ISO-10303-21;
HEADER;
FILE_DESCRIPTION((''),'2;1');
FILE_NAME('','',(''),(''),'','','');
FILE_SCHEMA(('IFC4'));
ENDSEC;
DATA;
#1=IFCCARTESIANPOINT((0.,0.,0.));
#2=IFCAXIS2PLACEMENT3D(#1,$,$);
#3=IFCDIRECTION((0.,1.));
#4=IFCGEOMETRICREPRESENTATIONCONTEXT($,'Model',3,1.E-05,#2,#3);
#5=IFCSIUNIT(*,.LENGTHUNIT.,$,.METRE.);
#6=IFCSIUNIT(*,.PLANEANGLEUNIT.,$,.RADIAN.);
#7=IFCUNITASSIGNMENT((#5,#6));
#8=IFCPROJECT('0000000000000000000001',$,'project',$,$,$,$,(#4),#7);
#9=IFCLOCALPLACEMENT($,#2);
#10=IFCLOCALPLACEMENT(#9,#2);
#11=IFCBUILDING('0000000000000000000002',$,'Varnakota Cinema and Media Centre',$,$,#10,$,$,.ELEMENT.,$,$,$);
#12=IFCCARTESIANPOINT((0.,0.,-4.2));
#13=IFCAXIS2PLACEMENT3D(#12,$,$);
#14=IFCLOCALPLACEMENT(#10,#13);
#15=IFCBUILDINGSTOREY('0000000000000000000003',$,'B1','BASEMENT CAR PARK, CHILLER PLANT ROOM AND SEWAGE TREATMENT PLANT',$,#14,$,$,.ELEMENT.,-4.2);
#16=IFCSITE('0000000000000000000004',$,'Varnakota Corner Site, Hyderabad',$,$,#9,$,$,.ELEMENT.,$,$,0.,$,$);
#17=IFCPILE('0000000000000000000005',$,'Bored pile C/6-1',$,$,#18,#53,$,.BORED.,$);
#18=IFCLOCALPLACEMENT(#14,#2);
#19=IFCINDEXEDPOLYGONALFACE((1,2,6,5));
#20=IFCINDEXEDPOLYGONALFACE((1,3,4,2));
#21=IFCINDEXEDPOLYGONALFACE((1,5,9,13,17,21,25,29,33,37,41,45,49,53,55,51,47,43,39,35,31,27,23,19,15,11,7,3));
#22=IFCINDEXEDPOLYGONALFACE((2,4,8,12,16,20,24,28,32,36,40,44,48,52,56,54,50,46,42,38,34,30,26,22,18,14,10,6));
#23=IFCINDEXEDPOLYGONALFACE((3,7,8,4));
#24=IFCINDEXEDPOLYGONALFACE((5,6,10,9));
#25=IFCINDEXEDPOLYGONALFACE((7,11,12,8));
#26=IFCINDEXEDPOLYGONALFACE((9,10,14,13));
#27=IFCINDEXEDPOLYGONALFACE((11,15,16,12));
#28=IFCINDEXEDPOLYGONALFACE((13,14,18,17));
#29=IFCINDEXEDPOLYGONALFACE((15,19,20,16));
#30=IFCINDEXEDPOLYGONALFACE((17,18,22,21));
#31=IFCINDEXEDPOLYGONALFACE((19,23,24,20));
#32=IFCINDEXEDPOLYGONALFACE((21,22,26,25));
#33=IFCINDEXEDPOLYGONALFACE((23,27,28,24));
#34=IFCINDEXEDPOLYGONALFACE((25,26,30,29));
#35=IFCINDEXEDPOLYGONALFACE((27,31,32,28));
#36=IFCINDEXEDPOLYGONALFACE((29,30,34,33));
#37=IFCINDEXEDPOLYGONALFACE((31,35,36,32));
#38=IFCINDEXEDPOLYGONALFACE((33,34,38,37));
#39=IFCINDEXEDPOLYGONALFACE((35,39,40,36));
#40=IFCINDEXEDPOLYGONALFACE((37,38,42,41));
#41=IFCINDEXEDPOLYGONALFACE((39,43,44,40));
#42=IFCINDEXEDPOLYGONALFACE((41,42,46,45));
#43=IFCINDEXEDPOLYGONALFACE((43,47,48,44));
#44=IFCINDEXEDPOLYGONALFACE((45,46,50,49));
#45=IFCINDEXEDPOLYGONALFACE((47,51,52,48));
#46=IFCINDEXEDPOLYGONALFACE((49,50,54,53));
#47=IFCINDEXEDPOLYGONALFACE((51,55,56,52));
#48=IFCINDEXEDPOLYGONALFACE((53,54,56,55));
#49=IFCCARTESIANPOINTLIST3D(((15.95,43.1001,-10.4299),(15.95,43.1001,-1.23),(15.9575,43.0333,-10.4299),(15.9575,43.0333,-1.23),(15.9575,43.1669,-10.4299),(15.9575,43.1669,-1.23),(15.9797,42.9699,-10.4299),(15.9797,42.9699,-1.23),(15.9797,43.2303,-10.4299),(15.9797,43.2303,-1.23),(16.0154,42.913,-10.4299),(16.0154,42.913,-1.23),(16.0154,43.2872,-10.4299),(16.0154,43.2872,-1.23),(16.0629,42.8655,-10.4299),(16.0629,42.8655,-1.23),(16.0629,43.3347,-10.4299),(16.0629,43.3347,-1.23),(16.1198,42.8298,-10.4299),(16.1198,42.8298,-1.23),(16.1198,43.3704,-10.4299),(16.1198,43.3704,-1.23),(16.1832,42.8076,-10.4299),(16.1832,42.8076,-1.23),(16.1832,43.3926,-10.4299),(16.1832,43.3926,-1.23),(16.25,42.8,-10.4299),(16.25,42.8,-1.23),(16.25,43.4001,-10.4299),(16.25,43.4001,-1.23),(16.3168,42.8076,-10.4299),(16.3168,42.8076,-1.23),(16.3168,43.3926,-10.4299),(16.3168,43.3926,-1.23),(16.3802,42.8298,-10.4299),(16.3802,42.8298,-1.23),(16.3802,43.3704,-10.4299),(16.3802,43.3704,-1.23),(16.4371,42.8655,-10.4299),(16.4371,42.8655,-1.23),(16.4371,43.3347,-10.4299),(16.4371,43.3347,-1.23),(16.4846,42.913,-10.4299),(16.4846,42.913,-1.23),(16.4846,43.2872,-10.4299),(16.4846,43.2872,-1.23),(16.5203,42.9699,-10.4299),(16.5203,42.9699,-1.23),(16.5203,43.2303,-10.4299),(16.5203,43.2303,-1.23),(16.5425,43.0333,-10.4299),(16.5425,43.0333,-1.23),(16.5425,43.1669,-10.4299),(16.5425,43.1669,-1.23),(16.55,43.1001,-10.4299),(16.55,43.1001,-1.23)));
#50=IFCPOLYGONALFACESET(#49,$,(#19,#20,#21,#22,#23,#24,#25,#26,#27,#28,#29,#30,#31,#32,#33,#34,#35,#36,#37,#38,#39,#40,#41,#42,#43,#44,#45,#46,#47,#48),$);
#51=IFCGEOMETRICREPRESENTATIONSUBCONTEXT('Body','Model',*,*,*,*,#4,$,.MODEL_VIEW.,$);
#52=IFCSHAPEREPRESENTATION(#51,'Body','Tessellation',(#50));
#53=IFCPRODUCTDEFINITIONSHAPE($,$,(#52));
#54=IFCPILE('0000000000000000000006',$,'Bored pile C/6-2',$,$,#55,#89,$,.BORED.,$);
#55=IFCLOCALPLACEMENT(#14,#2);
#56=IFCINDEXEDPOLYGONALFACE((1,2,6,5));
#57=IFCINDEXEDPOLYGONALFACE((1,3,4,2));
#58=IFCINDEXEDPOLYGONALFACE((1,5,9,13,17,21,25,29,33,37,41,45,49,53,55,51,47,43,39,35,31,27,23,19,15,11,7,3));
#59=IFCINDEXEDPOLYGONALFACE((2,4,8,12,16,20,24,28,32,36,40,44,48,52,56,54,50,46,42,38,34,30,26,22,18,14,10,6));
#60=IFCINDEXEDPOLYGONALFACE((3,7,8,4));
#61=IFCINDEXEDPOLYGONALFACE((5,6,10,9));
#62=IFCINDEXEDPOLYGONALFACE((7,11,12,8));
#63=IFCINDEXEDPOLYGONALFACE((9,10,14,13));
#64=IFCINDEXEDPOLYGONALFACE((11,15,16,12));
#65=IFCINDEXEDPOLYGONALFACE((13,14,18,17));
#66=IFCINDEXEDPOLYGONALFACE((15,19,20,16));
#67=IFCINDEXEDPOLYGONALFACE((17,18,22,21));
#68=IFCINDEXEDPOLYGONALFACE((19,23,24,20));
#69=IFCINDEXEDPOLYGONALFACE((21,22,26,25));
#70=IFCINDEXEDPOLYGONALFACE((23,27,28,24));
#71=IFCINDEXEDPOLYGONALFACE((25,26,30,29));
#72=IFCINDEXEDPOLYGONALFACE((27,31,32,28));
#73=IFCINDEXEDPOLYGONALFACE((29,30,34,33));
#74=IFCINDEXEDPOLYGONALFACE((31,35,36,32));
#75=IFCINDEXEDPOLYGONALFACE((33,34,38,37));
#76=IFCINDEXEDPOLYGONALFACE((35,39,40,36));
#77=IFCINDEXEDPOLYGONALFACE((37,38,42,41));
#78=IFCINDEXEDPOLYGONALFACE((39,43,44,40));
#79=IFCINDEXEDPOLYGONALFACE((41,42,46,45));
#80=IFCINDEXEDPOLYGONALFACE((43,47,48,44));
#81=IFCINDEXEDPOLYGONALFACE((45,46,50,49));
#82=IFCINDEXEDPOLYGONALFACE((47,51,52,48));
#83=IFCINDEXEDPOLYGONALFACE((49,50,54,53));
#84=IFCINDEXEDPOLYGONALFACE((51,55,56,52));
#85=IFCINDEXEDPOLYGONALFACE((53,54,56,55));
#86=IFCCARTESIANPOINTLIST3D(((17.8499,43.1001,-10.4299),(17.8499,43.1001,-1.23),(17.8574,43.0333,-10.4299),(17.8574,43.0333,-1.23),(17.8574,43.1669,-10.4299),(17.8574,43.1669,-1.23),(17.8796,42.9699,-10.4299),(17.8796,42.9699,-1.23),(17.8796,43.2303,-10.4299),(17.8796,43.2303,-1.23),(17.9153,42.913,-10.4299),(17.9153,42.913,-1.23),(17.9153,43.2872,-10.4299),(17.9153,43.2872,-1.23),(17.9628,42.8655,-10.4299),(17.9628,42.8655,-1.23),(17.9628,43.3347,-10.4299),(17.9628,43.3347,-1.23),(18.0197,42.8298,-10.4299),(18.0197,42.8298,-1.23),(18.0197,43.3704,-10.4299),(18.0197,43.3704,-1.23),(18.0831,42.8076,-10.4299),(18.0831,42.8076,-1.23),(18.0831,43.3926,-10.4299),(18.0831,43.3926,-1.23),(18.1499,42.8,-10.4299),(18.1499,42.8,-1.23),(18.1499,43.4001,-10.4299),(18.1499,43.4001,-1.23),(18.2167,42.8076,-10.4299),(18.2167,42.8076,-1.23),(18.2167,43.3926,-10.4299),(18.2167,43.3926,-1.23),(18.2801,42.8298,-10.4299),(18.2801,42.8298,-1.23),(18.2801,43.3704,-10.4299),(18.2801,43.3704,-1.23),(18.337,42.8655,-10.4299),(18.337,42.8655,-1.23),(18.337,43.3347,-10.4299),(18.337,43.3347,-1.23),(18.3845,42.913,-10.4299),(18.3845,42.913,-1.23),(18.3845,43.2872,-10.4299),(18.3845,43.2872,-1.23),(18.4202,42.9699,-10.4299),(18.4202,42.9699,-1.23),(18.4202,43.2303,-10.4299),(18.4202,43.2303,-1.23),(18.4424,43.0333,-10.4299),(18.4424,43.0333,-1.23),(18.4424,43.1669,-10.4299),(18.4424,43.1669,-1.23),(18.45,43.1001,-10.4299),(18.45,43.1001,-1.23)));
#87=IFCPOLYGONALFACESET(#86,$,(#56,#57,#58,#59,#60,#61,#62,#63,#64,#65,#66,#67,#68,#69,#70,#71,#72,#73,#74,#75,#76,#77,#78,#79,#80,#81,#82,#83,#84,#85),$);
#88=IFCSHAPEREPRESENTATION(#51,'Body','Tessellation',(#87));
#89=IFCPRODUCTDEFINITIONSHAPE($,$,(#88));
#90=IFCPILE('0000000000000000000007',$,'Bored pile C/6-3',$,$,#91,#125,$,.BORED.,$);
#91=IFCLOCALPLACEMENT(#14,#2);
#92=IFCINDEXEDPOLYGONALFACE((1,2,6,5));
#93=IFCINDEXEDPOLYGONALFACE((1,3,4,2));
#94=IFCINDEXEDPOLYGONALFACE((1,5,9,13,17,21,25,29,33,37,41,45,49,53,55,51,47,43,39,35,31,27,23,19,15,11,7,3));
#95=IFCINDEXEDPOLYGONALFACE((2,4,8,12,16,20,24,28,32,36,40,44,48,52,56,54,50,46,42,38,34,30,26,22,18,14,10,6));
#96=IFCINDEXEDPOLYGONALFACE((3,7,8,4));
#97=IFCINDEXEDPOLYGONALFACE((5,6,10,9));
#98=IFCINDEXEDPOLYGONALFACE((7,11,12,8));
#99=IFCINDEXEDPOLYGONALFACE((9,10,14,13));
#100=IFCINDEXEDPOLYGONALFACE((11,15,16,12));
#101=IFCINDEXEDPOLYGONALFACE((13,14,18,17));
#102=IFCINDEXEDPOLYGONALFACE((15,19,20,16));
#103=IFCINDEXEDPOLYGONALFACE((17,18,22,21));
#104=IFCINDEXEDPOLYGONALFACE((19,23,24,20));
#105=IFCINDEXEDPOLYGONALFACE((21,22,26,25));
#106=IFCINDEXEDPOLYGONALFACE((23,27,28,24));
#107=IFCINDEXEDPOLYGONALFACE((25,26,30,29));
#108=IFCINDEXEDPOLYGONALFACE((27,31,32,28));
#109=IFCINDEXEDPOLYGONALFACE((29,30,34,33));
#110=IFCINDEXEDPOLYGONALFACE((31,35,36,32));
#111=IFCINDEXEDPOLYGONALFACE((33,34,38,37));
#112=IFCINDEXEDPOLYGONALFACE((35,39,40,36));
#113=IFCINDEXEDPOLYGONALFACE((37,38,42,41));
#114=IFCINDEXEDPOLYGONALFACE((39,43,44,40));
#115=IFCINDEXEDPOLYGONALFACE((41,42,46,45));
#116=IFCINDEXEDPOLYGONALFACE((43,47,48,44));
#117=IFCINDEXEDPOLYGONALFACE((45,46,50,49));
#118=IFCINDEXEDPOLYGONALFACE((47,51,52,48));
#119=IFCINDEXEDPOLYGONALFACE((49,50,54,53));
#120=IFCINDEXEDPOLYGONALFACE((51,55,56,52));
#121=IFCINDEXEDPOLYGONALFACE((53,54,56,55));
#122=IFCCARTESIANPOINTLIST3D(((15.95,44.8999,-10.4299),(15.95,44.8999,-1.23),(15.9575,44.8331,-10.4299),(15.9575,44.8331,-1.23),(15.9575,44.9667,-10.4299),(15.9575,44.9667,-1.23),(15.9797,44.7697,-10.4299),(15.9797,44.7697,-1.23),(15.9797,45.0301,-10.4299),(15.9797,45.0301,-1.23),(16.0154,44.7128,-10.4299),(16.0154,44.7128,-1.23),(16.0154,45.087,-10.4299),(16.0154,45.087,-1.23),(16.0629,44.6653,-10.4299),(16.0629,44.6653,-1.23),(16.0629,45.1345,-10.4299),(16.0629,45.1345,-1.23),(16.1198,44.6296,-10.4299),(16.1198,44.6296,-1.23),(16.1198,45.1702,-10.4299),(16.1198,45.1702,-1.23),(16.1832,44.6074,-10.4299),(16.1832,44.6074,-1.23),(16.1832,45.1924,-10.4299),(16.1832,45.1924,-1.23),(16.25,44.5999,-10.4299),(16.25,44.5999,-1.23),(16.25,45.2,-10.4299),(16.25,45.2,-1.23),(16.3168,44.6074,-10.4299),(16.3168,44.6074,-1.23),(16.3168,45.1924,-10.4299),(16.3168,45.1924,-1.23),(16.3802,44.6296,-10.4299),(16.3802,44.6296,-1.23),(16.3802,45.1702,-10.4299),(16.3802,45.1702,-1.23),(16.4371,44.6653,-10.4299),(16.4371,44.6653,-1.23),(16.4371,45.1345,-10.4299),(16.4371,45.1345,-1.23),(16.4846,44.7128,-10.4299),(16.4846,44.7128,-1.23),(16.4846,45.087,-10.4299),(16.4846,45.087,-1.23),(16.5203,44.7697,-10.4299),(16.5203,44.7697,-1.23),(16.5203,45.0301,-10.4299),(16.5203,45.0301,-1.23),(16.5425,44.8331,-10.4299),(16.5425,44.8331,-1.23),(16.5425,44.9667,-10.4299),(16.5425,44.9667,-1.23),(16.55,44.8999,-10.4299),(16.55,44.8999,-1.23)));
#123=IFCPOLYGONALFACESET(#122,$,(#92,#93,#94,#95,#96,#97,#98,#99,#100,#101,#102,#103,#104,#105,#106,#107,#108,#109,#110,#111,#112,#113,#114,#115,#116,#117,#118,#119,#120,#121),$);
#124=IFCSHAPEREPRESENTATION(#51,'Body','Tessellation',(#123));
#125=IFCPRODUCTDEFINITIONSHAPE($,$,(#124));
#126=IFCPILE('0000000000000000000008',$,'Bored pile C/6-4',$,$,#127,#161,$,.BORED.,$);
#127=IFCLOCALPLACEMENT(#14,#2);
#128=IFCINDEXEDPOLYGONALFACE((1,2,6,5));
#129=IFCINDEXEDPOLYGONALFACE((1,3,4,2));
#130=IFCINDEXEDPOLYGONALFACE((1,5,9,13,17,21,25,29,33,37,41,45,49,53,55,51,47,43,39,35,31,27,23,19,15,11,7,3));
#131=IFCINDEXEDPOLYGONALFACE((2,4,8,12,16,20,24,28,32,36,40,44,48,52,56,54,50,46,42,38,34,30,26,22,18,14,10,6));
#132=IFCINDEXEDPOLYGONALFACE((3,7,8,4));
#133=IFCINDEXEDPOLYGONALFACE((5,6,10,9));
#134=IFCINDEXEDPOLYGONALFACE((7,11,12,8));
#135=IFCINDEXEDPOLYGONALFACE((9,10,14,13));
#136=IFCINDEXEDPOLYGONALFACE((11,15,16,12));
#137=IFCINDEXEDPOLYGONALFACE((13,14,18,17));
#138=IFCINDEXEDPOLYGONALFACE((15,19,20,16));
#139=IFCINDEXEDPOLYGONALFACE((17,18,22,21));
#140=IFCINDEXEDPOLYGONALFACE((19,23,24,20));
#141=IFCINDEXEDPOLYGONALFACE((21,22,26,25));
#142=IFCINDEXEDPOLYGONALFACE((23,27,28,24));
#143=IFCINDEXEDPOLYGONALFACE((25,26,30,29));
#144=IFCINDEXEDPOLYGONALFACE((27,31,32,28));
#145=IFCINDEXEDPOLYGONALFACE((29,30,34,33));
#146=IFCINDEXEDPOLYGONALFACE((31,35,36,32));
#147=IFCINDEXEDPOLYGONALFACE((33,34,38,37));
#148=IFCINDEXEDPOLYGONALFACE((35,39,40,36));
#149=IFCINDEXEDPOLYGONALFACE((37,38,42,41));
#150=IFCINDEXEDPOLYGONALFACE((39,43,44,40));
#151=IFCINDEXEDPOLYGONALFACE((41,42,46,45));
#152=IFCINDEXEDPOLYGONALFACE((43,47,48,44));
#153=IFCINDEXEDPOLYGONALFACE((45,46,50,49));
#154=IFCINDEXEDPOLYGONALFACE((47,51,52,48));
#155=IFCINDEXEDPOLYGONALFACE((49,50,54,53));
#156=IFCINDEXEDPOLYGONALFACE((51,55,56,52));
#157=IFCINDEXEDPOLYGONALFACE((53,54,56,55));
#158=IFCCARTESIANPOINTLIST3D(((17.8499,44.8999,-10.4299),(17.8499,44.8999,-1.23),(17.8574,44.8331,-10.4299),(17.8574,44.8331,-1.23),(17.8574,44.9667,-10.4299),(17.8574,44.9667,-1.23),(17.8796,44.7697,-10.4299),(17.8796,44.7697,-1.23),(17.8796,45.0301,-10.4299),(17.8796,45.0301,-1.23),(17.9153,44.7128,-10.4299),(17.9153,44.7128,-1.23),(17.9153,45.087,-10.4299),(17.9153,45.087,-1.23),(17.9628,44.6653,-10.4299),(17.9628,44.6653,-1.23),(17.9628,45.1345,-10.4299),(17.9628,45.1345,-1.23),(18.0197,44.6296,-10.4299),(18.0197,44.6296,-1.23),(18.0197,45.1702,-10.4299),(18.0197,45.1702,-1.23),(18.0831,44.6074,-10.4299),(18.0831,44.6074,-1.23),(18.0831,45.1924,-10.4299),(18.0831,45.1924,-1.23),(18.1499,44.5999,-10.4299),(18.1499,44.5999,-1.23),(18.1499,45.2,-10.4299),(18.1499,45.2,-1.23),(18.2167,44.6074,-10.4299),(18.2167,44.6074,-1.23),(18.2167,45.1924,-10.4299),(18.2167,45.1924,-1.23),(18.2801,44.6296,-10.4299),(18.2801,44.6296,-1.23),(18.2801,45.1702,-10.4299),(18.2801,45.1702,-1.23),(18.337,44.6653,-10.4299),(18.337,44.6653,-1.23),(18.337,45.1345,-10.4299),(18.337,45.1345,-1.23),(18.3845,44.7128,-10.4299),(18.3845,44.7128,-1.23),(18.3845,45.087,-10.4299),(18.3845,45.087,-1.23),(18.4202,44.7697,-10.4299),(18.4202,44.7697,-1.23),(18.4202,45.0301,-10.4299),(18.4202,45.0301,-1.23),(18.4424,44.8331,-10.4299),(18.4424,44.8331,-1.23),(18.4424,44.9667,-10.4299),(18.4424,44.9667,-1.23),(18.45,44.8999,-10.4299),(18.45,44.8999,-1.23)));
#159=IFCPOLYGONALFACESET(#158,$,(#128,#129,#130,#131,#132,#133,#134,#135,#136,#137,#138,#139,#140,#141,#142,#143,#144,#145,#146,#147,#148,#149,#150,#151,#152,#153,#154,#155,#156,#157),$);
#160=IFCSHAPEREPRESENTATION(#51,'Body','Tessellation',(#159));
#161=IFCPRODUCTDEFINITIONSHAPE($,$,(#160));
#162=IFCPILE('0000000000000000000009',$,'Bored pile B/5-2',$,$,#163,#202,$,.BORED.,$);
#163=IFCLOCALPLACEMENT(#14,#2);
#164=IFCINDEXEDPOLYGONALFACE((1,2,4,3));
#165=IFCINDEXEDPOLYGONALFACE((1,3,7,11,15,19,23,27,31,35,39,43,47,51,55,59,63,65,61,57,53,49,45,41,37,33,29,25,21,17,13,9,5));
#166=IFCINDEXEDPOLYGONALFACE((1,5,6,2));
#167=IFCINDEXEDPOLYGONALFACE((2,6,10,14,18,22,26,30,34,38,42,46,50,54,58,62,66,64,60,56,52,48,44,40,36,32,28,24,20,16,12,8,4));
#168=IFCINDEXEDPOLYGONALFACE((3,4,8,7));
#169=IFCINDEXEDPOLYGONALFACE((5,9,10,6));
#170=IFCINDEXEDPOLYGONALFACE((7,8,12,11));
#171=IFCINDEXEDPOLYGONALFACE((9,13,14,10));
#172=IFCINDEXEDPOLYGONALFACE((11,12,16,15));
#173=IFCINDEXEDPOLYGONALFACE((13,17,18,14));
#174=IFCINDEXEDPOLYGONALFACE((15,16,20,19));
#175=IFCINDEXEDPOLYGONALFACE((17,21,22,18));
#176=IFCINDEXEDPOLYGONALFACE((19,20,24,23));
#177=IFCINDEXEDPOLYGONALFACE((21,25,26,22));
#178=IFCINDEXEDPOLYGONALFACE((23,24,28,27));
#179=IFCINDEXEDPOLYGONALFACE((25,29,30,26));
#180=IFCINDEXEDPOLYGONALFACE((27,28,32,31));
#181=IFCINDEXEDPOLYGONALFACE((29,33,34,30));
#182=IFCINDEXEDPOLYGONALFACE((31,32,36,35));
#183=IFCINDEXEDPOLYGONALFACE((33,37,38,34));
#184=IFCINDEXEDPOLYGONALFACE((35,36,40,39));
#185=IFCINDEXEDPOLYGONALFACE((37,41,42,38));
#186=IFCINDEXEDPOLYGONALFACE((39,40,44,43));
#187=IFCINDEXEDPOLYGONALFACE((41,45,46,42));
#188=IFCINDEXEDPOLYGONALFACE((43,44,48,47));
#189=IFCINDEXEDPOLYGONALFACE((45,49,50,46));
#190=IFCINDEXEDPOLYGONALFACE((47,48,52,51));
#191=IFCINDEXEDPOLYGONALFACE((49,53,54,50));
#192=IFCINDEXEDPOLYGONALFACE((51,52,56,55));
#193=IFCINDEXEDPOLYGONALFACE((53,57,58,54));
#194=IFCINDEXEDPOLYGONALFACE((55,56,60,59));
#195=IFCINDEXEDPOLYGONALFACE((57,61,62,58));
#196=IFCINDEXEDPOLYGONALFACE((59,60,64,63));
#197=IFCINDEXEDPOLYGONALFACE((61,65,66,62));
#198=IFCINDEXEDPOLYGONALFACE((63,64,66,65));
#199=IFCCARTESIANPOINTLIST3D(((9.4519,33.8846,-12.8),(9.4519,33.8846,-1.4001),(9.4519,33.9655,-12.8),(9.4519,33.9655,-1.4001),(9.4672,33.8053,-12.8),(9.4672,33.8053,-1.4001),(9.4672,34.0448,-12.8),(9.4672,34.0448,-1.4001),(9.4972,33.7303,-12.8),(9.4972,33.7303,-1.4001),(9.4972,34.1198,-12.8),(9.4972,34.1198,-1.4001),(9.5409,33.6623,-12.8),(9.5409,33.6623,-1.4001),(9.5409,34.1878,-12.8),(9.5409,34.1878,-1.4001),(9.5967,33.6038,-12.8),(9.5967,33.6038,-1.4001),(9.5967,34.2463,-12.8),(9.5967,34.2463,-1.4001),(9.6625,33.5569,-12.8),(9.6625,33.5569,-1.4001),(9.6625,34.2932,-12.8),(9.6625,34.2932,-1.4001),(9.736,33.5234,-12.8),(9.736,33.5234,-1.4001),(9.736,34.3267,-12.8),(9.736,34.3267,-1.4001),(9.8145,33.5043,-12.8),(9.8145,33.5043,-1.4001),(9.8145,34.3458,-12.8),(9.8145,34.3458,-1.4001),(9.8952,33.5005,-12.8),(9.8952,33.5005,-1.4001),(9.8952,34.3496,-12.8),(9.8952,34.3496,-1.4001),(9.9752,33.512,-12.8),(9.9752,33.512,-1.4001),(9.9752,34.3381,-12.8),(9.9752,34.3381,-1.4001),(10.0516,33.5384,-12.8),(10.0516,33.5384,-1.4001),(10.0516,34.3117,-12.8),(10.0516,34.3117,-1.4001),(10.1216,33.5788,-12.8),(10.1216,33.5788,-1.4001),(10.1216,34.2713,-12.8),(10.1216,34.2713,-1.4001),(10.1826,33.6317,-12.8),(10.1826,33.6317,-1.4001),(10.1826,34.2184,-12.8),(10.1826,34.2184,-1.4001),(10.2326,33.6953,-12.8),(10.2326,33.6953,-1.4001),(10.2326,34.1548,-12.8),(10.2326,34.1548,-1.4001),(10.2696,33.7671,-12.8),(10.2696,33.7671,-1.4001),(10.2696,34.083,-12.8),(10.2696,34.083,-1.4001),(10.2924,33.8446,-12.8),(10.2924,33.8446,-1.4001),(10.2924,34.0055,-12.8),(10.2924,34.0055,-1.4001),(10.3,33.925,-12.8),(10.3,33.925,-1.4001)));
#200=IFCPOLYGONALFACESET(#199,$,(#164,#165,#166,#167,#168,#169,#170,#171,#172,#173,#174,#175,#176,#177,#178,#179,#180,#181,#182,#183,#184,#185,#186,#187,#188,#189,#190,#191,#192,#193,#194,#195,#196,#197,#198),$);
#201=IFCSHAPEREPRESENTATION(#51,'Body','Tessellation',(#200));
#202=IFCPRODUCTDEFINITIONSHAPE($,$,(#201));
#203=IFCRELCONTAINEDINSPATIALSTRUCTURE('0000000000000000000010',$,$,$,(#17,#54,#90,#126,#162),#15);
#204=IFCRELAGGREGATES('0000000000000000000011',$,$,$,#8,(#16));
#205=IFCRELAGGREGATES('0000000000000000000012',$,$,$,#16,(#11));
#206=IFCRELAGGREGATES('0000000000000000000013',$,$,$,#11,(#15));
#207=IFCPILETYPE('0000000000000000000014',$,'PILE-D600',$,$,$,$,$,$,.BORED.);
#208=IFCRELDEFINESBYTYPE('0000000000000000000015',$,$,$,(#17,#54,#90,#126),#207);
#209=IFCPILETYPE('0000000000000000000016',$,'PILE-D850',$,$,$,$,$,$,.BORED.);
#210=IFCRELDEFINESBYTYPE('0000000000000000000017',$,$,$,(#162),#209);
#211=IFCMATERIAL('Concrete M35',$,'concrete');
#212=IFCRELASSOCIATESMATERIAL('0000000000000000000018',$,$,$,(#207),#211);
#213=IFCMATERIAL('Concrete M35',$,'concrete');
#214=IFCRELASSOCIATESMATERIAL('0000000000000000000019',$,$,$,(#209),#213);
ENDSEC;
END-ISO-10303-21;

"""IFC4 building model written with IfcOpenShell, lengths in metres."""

from ifc_helpers import new_model, si_unit, direction, frame, origin, origin_2d, place, context, subcontext, project, spatial, circle, extrude, material, material_profile, profile_set, type_object, element, save


model = new_model("IFC4")

# Units and contexts
model_context = context("Model", 3, precision=1e-05, world=origin(), true_north=direction((0.0, 1.0)))
body_context = subcontext(model_context, "Body", "Model", "MODEL_VIEW")
ifc_project = project(units=[si_unit("LENGTHUNIT", "METRE"), si_unit("PLANEANGLEUNIT", "RADIAN")], contexts=[model_context])

# Site, building, storey
site_placement = place(None, origin())
site = spatial("IfcSite", under=ifc_project, at=site_placement, Name="Varnakota Corner Site, Hyderabad", CompositionType="ELEMENT", RefElevation=0.0)
building_placement = place(site_placement, origin())
building = spatial("IfcBuilding", under=site, at=building_placement, Name="Varnakota Cinema and Media Centre", CompositionType="ELEMENT")
storey_placement = place(building_placement, frame((0.0, 0.0, -4.2)))
storey = spatial("IfcBuildingStorey", under=building, at=storey_placement, Name="B1", Description="BASEMENT CAR PARK, CHILLER PLANT ROOM AND SEWAGE TREATMENT PLANT", CompositionType="ELEMENT", Elevation=-4.2)

# Piles
ifc_material_1 = material(Name="Concrete M35", Category="concrete")
ifc_material_profile_1 = material_profile(ifc_material_1, circle(Radius=0.3, at=origin_2d()), Name="PILE D600")
ifc_profile_set_1 = profile_set([ifc_material_profile_1], Name="Concrete M35")
pile_type_1 = type_object("IfcPileType", Name="PILE-D600", PredefinedType="BORED", material=ifc_profile_set_1)
for number, where, z_axis, x_axis, name in (
    (1, (16.25, 43.1001, -1.23), (0.0, 0.0, -1.0), (1.0, 0.0, 0.0), "Bored pile C/6-1"),
    (2, (18.1499, 43.1001, -1.23), (0.0, 0.0, -1.0), (1.0, 0.0, 0.0), "Bored pile C/6-2"),
    (3, (16.25, 44.8999, -1.23), (0.0, 0.0, -1.0), (1.0, 0.0, 0.0), "Bored pile C/6-3"),
    (4, (18.1499, 44.8999, -1.23), (0.0, 0.0, -1.0), (1.0, 0.0, 0.0), "Bored pile C/6-4"),
):
    element("IfcPile", number, at=place(storey_placement, frame(where, z_axis=z_axis, x_axis=x_axis)), inside=storey, type_object=pile_type_1, Name=name, PredefinedType="BORED", context=body_context, shape_type="SweptSolid", body=[
        extrude(circle(Radius=0.3, at=origin_2d()), origin(), (0.0, 0.0, 1.0), 9.2),
    ])
ifc_material_2 = material(Name="Concrete M35", Category="concrete")
ifc_material_profile_2 = material_profile(ifc_material_2, circle(Radius=0.425, at=origin_2d()), Name="PILE D850")
ifc_profile_set_2 = profile_set([ifc_material_profile_2], Name="Concrete M35")
pile_type_2 = type_object("IfcPileType", Name="PILE-D850", PredefinedType="BORED", material=ifc_profile_set_2)
for number, where, z_axis, x_axis, name in (
    (5, (9.875, 33.925, -1.4001), (0.0, 0.0, -1.0), (1.0, 0.0, 0.0), "Bored pile B/5-2"),
):
    element("IfcPile", number, at=place(storey_placement, frame(where, z_axis=z_axis, x_axis=x_axis)), inside=storey, type_object=pile_type_2, Name=name, PredefinedType="BORED", context=body_context, shape_type="SweptSolid", body=[
        extrude(circle(Radius=0.425, at=origin_2d()), origin(), (0.0, 0.0, 1.0), 11.3999),
    ])

save(model, "model.ifc")
